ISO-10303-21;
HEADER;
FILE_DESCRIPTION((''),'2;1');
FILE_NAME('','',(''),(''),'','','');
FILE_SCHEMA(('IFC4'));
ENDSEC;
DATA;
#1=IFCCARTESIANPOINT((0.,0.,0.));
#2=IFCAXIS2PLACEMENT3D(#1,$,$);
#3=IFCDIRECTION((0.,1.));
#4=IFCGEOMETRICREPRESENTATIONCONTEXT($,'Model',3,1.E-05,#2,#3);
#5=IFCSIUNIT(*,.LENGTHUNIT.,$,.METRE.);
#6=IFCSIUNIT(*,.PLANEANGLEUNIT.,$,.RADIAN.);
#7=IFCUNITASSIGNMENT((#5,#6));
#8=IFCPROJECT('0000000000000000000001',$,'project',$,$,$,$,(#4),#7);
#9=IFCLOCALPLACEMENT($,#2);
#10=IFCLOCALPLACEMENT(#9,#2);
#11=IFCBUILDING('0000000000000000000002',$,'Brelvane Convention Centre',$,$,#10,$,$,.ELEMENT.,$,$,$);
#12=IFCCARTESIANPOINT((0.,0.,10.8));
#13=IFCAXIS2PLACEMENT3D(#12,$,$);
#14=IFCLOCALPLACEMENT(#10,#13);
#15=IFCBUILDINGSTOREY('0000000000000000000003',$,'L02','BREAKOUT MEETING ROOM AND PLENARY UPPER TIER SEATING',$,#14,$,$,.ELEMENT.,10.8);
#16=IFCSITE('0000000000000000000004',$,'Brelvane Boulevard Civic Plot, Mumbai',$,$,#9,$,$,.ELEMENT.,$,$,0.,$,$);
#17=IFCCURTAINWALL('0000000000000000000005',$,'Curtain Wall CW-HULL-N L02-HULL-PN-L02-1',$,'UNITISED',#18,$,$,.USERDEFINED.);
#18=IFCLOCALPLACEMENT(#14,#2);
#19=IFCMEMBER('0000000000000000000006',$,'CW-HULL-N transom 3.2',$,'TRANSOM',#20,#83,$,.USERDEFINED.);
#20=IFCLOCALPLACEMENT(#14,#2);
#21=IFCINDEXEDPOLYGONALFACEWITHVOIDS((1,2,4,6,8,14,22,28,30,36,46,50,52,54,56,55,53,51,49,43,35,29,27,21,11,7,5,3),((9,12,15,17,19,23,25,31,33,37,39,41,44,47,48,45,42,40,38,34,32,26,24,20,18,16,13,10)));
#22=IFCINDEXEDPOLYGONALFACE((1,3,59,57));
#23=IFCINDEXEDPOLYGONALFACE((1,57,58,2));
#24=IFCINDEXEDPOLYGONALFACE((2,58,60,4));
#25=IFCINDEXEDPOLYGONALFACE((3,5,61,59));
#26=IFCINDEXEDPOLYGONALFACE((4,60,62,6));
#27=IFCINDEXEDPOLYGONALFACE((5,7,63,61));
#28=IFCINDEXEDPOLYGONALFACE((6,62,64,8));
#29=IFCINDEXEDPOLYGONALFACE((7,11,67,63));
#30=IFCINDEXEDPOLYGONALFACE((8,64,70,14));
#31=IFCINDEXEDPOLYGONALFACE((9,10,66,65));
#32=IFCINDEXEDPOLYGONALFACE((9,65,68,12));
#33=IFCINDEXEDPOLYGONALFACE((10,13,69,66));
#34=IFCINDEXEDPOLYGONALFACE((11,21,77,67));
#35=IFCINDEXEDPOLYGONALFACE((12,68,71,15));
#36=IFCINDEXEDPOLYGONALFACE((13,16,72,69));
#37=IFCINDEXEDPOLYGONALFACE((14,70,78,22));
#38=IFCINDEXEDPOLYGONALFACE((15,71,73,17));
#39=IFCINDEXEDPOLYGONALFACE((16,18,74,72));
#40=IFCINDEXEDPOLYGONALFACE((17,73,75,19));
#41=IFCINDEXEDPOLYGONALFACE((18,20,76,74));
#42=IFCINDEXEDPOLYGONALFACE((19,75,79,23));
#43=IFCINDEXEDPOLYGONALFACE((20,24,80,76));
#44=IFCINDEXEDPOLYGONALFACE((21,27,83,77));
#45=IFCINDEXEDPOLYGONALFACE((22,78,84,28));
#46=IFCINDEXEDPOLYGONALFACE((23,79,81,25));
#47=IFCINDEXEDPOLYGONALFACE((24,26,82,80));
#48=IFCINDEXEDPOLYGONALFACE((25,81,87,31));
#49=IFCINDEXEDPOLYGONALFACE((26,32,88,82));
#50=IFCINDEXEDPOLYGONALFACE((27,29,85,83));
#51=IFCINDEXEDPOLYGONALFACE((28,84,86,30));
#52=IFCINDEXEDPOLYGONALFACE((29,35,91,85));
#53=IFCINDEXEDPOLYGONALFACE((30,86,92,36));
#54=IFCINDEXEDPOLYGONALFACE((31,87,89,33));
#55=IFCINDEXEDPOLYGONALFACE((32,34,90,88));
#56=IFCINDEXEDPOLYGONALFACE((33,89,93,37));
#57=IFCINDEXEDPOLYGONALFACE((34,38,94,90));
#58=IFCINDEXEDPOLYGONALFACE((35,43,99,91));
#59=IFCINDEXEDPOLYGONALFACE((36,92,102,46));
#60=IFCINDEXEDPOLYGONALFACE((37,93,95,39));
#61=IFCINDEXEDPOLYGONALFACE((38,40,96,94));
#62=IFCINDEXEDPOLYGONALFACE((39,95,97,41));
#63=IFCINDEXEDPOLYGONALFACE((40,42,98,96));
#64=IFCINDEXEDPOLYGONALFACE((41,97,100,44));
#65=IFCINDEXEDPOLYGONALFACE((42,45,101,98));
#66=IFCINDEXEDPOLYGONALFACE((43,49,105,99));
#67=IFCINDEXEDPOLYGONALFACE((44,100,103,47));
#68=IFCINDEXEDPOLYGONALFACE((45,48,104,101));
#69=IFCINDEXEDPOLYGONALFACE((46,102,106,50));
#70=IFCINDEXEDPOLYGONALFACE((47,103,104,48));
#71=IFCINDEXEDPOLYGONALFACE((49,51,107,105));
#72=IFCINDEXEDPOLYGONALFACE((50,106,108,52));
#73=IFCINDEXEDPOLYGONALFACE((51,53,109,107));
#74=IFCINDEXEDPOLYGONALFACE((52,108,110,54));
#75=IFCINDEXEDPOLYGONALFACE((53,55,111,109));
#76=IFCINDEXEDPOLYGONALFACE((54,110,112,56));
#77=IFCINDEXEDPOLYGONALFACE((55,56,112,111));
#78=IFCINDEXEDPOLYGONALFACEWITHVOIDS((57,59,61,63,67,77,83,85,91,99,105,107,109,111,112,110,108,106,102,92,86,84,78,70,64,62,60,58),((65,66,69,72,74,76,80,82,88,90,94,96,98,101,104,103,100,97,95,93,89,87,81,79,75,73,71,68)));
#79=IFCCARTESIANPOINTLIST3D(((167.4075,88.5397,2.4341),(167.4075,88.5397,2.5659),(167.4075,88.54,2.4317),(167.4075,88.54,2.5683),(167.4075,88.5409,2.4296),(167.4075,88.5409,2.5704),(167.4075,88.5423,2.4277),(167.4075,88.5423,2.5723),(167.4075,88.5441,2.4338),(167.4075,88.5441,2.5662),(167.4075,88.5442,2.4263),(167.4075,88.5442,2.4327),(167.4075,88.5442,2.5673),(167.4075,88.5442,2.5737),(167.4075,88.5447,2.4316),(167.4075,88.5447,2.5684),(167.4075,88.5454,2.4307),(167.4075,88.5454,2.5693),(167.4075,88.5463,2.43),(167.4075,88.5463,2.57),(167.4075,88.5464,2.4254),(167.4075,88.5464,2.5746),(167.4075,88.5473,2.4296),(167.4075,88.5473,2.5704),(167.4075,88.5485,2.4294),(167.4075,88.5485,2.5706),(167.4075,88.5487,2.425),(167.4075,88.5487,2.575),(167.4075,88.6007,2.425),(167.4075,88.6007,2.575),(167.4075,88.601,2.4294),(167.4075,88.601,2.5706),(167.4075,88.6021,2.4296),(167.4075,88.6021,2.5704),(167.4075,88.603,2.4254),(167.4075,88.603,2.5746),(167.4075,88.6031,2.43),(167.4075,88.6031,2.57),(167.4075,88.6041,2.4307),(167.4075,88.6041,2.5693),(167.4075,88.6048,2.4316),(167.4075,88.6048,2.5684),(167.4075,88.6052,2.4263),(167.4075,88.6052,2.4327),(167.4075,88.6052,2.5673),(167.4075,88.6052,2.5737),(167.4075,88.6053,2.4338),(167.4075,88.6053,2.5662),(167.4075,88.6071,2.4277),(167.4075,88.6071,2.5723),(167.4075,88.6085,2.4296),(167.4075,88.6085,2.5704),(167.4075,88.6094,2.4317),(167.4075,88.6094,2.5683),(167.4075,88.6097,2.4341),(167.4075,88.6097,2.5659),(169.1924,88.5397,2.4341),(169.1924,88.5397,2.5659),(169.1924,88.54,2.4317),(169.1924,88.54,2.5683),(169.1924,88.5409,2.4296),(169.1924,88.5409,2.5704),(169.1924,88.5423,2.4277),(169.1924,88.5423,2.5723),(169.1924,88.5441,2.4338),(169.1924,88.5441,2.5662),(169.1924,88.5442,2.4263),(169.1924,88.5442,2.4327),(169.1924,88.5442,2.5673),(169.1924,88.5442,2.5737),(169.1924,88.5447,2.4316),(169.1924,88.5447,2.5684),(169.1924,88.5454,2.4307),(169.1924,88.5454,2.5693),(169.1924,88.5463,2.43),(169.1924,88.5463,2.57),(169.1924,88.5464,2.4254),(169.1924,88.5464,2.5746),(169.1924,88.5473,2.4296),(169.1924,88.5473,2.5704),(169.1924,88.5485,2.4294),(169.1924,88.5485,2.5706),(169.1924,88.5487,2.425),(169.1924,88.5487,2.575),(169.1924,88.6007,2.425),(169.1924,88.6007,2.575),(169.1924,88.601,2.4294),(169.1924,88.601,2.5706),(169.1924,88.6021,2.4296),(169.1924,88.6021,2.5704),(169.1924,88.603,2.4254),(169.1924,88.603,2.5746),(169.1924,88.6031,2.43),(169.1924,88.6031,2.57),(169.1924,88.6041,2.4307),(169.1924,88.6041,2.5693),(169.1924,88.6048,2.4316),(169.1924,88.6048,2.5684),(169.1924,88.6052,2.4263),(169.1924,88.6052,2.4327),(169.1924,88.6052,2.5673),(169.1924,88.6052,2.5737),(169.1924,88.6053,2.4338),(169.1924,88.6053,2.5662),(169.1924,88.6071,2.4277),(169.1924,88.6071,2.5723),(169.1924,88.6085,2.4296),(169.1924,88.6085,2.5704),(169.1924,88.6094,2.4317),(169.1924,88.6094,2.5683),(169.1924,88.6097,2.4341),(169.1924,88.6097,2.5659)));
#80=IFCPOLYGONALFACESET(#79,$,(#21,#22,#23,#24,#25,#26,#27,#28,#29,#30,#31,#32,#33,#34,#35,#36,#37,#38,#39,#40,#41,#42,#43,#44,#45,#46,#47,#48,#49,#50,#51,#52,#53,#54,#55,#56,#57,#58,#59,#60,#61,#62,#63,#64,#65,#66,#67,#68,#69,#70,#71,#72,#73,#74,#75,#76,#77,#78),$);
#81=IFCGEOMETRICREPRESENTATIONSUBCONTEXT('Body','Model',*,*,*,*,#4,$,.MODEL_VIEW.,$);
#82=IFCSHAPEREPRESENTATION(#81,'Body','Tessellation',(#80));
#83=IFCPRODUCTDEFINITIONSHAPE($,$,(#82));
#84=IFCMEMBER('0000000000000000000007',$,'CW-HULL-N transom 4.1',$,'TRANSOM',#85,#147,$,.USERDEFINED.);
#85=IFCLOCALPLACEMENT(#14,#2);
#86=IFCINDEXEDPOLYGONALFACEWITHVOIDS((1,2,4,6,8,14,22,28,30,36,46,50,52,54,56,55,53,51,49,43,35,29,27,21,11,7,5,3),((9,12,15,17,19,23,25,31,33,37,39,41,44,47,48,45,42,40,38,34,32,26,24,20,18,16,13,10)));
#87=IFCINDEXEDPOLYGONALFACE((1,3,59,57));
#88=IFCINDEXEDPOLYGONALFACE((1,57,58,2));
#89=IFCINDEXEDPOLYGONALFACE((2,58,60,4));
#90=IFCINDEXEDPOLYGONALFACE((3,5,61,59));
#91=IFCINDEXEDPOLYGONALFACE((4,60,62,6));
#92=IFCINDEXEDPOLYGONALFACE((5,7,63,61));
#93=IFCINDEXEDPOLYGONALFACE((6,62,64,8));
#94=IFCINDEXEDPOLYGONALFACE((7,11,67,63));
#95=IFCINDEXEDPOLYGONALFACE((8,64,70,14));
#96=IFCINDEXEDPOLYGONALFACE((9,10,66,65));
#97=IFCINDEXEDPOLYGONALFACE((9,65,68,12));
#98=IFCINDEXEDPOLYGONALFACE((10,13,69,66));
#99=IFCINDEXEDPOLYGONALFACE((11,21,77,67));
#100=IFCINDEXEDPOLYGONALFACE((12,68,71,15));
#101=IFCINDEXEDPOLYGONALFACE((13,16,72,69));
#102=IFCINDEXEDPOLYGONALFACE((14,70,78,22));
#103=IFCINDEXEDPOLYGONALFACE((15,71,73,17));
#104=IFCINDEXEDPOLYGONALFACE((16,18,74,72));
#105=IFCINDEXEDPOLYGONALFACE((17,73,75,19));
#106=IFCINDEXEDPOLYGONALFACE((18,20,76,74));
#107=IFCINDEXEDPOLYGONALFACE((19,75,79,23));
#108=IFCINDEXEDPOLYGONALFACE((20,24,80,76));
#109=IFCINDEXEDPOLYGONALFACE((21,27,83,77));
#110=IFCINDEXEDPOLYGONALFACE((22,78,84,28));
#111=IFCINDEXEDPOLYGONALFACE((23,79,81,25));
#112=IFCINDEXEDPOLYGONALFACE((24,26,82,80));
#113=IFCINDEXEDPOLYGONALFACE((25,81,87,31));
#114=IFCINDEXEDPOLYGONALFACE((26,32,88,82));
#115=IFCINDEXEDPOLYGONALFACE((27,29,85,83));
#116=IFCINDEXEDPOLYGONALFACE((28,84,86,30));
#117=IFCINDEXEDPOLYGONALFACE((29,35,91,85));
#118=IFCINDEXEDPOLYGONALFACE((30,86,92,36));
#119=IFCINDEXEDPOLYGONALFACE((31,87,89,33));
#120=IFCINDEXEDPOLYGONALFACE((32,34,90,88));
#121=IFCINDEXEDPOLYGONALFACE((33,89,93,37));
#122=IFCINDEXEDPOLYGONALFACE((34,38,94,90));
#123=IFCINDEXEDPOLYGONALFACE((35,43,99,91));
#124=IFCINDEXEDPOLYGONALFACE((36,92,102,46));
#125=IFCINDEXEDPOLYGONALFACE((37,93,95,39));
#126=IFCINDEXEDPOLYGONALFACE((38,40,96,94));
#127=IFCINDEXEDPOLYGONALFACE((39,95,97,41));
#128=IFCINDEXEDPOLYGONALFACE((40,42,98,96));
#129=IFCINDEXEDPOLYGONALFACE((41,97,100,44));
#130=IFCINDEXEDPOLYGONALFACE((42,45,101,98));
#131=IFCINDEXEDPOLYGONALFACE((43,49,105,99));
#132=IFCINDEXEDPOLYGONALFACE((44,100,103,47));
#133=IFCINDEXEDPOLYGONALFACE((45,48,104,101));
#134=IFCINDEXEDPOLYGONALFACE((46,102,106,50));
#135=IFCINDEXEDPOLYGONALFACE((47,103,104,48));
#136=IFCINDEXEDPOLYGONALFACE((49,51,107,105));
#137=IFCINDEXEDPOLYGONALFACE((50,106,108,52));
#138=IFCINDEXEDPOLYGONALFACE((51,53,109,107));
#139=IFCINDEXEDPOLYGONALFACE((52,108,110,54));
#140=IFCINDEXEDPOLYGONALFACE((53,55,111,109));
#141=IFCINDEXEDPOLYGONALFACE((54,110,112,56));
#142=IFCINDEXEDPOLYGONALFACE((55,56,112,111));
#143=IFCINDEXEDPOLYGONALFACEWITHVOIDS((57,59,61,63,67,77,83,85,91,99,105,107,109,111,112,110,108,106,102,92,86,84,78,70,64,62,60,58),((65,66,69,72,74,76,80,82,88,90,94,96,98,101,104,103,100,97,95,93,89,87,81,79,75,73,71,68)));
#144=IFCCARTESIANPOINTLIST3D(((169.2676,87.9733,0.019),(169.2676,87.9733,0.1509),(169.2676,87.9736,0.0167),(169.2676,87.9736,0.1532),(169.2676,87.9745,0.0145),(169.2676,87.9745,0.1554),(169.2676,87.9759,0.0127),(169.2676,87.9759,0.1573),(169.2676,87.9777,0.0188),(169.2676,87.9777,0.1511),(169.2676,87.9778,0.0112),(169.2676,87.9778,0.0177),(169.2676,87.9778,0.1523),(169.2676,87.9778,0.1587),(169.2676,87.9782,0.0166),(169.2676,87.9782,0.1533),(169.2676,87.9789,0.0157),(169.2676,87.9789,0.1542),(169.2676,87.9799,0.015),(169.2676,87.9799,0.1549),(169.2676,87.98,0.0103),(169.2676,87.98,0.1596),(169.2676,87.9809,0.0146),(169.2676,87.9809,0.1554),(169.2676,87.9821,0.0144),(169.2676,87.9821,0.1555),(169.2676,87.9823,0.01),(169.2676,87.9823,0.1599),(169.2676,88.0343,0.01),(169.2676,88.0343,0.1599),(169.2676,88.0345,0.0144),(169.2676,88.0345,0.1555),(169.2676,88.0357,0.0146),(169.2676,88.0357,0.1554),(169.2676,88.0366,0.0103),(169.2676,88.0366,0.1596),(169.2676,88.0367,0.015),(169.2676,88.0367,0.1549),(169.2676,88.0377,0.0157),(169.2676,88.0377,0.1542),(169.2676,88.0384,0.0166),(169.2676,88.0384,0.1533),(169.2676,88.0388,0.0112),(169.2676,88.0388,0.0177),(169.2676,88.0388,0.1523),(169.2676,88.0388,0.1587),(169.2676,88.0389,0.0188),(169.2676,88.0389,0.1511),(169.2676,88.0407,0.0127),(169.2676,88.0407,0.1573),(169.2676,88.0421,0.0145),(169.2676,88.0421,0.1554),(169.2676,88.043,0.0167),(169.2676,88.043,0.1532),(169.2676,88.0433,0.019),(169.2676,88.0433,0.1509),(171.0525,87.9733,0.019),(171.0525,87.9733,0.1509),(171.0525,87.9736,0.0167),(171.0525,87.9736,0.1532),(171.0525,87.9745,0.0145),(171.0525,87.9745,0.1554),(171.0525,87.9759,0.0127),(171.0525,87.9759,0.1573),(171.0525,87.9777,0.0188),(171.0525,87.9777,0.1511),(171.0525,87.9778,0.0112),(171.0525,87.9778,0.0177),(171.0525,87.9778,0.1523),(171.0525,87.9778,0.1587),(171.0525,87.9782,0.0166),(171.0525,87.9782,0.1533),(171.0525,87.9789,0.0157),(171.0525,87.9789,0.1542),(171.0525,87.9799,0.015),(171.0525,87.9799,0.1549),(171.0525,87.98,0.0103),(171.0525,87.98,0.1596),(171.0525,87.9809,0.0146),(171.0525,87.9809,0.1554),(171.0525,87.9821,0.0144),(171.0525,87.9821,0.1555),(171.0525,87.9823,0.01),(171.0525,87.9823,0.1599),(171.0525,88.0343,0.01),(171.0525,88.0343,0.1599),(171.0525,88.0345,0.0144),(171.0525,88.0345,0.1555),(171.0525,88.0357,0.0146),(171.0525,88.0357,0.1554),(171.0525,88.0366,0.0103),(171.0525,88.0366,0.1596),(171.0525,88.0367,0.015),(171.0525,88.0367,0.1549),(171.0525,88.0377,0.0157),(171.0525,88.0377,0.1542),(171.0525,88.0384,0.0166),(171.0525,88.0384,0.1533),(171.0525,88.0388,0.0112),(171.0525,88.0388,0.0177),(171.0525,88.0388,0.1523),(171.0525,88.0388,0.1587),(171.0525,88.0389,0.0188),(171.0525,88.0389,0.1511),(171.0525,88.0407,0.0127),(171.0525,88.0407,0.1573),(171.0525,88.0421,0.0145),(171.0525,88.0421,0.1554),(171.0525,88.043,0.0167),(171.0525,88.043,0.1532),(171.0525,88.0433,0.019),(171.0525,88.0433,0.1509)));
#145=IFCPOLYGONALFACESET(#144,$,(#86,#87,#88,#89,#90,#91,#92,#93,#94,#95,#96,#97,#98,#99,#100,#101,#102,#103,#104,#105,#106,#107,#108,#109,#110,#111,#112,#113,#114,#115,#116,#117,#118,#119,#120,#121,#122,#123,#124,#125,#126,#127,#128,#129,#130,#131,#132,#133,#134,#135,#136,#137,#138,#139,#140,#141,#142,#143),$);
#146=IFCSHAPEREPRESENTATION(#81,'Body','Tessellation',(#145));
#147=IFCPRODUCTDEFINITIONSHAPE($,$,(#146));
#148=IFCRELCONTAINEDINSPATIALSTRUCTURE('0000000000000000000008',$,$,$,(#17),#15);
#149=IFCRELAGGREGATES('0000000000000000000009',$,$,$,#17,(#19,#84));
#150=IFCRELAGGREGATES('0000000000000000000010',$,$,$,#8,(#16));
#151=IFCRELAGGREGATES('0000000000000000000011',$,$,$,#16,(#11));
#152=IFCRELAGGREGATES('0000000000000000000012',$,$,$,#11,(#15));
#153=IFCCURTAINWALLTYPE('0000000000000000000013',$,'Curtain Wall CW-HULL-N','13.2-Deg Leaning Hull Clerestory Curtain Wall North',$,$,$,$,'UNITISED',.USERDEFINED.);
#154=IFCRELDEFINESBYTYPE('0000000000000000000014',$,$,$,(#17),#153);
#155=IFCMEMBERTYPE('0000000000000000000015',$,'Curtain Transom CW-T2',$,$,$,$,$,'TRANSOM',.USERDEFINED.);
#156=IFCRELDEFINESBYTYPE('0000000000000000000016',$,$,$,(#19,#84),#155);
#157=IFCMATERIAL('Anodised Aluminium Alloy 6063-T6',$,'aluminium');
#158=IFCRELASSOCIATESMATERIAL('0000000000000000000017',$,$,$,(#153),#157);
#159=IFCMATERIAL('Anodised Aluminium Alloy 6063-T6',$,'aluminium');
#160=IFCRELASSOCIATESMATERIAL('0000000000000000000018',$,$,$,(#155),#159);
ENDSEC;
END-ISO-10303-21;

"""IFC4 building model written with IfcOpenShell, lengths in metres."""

from ifc_helpers import new_model, si_unit, direction, frame, origin, origin_2d, place, context, subcontext, project, spatial, hollow_rectangle, extrude, material, material_profile, profile_set, type_object, element, aggregate, save


model = new_model("IFC4")

# Units and contexts
model_context = context("Model", 3, precision=1e-05, world=origin(), true_north=direction((0.0, 1.0)))
body_context = subcontext(model_context, "Body", "Model", "MODEL_VIEW")
ifc_project = project(units=[si_unit("LENGTHUNIT", "METRE"), si_unit("PLANEANGLEUNIT", "RADIAN")], contexts=[model_context])

# Site, building, storey
site_placement = place(None, origin())
site = spatial("IfcSite", under=ifc_project, at=site_placement, Name="Brelvane Boulevard Civic Plot, Mumbai", CompositionType="ELEMENT", RefElevation=0.0)
building_placement = place(site_placement, origin())
building = spatial("IfcBuilding", under=site, at=building_placement, Name="Brelvane Convention Centre", CompositionType="ELEMENT")
storey_placement = place(building_placement, frame((0.0, 0.0, 10.8)))
storey = spatial("IfcBuildingStorey", under=building, at=storey_placement, Name="L02", Description="BREAKOUT MEETING ROOM AND PLENARY UPPER TIER SEATING", CompositionType="ELEMENT", Elevation=10.8)

# Curtain wall
ifc_material_1 = material(Name="Anodised Aluminium Alloy 6063-T6", Category="aluminium")
curtain_wall_type = type_object("IfcCurtainWallType", Name="Curtain Wall CW-HULL-N", Description="13.2-Deg Leaning Hull Clerestory Curtain Wall North", ElementType="UNITISED", PredefinedType="USERDEFINED", material=ifc_material_1)
curtain_wall_1_placement = place(storey_placement, origin())
curtain_wall_1 = element("IfcCurtainWall", 1, at=curtain_wall_1_placement, inside=storey, type_object=curtain_wall_type, Name="Curtain Wall CW-HULL-N L02-HULL-PN-L02-1", ObjectType="UNITISED", PredefinedType="USERDEFINED")

# Members
ifc_material_2 = material(Name="Anodised Aluminium Alloy 6063-T6", Category="aluminium")
ifc_material_profile_1 = material_profile(ifc_material_2, hollow_rectangle(XDim=0.0701, YDim=0.1499, WallThickness=0.0044, InnerFilletRadius=0.0044, OuterFilletRadius=0.009, at=origin_2d()), Name="ALU-T 150x70x4.5")
ifc_profile_set_1 = profile_set([ifc_material_profile_1], Name="Anodised Aluminium Alloy 6063-T6")
member_type_1 = type_object("IfcMemberType", Name="Curtain Transom CW-T2", ElementType="TRANSOM", PredefinedType="USERDEFINED", material=ifc_profile_set_1)
member_1_placement = place(storey_placement, frame((167.4075, 88.5747, 2.5), z_axis=(1.0, 0.0, 0.0), x_axis=(0.0, 1.0, 0.0)))
member_1 = element("IfcMember", 2, at=member_1_placement, type_object=member_type_1, Name="CW-HULL-N transom 3.2", ObjectType="TRANSOM", PredefinedType="USERDEFINED", context=body_context, shape_type="SweptSolid", body=[
    extrude(hollow_rectangle(XDim=0.0701, YDim=0.1499, WallThickness=0.0044, InnerFilletRadius=0.0044, OuterFilletRadius=0.009, at=origin_2d()), origin(), (0.0, 0.0, 1.0), 1.7849),
])
member_2_placement = place(storey_placement, frame((169.2676, 88.0083, 0.085), z_axis=(1.0, 0.0, 0.0), x_axis=(0.0, 1.0, 0.0)))
member_2 = element("IfcMember", 3, at=member_2_placement, type_object=member_type_1, Name="CW-HULL-N transom 4.1", ObjectType="TRANSOM", PredefinedType="USERDEFINED", context=body_context, shape_type="SweptSolid", body=[
    extrude(hollow_rectangle(XDim=0.0701, YDim=0.1499, WallThickness=0.0044, InnerFilletRadius=0.0044, OuterFilletRadius=0.009, at=origin_2d()), origin(), (0.0, 0.0, 1.0), 1.7849),
])

aggregate(curtain_wall_1, [member_1, member_2])

save(model, "model.ifc")
